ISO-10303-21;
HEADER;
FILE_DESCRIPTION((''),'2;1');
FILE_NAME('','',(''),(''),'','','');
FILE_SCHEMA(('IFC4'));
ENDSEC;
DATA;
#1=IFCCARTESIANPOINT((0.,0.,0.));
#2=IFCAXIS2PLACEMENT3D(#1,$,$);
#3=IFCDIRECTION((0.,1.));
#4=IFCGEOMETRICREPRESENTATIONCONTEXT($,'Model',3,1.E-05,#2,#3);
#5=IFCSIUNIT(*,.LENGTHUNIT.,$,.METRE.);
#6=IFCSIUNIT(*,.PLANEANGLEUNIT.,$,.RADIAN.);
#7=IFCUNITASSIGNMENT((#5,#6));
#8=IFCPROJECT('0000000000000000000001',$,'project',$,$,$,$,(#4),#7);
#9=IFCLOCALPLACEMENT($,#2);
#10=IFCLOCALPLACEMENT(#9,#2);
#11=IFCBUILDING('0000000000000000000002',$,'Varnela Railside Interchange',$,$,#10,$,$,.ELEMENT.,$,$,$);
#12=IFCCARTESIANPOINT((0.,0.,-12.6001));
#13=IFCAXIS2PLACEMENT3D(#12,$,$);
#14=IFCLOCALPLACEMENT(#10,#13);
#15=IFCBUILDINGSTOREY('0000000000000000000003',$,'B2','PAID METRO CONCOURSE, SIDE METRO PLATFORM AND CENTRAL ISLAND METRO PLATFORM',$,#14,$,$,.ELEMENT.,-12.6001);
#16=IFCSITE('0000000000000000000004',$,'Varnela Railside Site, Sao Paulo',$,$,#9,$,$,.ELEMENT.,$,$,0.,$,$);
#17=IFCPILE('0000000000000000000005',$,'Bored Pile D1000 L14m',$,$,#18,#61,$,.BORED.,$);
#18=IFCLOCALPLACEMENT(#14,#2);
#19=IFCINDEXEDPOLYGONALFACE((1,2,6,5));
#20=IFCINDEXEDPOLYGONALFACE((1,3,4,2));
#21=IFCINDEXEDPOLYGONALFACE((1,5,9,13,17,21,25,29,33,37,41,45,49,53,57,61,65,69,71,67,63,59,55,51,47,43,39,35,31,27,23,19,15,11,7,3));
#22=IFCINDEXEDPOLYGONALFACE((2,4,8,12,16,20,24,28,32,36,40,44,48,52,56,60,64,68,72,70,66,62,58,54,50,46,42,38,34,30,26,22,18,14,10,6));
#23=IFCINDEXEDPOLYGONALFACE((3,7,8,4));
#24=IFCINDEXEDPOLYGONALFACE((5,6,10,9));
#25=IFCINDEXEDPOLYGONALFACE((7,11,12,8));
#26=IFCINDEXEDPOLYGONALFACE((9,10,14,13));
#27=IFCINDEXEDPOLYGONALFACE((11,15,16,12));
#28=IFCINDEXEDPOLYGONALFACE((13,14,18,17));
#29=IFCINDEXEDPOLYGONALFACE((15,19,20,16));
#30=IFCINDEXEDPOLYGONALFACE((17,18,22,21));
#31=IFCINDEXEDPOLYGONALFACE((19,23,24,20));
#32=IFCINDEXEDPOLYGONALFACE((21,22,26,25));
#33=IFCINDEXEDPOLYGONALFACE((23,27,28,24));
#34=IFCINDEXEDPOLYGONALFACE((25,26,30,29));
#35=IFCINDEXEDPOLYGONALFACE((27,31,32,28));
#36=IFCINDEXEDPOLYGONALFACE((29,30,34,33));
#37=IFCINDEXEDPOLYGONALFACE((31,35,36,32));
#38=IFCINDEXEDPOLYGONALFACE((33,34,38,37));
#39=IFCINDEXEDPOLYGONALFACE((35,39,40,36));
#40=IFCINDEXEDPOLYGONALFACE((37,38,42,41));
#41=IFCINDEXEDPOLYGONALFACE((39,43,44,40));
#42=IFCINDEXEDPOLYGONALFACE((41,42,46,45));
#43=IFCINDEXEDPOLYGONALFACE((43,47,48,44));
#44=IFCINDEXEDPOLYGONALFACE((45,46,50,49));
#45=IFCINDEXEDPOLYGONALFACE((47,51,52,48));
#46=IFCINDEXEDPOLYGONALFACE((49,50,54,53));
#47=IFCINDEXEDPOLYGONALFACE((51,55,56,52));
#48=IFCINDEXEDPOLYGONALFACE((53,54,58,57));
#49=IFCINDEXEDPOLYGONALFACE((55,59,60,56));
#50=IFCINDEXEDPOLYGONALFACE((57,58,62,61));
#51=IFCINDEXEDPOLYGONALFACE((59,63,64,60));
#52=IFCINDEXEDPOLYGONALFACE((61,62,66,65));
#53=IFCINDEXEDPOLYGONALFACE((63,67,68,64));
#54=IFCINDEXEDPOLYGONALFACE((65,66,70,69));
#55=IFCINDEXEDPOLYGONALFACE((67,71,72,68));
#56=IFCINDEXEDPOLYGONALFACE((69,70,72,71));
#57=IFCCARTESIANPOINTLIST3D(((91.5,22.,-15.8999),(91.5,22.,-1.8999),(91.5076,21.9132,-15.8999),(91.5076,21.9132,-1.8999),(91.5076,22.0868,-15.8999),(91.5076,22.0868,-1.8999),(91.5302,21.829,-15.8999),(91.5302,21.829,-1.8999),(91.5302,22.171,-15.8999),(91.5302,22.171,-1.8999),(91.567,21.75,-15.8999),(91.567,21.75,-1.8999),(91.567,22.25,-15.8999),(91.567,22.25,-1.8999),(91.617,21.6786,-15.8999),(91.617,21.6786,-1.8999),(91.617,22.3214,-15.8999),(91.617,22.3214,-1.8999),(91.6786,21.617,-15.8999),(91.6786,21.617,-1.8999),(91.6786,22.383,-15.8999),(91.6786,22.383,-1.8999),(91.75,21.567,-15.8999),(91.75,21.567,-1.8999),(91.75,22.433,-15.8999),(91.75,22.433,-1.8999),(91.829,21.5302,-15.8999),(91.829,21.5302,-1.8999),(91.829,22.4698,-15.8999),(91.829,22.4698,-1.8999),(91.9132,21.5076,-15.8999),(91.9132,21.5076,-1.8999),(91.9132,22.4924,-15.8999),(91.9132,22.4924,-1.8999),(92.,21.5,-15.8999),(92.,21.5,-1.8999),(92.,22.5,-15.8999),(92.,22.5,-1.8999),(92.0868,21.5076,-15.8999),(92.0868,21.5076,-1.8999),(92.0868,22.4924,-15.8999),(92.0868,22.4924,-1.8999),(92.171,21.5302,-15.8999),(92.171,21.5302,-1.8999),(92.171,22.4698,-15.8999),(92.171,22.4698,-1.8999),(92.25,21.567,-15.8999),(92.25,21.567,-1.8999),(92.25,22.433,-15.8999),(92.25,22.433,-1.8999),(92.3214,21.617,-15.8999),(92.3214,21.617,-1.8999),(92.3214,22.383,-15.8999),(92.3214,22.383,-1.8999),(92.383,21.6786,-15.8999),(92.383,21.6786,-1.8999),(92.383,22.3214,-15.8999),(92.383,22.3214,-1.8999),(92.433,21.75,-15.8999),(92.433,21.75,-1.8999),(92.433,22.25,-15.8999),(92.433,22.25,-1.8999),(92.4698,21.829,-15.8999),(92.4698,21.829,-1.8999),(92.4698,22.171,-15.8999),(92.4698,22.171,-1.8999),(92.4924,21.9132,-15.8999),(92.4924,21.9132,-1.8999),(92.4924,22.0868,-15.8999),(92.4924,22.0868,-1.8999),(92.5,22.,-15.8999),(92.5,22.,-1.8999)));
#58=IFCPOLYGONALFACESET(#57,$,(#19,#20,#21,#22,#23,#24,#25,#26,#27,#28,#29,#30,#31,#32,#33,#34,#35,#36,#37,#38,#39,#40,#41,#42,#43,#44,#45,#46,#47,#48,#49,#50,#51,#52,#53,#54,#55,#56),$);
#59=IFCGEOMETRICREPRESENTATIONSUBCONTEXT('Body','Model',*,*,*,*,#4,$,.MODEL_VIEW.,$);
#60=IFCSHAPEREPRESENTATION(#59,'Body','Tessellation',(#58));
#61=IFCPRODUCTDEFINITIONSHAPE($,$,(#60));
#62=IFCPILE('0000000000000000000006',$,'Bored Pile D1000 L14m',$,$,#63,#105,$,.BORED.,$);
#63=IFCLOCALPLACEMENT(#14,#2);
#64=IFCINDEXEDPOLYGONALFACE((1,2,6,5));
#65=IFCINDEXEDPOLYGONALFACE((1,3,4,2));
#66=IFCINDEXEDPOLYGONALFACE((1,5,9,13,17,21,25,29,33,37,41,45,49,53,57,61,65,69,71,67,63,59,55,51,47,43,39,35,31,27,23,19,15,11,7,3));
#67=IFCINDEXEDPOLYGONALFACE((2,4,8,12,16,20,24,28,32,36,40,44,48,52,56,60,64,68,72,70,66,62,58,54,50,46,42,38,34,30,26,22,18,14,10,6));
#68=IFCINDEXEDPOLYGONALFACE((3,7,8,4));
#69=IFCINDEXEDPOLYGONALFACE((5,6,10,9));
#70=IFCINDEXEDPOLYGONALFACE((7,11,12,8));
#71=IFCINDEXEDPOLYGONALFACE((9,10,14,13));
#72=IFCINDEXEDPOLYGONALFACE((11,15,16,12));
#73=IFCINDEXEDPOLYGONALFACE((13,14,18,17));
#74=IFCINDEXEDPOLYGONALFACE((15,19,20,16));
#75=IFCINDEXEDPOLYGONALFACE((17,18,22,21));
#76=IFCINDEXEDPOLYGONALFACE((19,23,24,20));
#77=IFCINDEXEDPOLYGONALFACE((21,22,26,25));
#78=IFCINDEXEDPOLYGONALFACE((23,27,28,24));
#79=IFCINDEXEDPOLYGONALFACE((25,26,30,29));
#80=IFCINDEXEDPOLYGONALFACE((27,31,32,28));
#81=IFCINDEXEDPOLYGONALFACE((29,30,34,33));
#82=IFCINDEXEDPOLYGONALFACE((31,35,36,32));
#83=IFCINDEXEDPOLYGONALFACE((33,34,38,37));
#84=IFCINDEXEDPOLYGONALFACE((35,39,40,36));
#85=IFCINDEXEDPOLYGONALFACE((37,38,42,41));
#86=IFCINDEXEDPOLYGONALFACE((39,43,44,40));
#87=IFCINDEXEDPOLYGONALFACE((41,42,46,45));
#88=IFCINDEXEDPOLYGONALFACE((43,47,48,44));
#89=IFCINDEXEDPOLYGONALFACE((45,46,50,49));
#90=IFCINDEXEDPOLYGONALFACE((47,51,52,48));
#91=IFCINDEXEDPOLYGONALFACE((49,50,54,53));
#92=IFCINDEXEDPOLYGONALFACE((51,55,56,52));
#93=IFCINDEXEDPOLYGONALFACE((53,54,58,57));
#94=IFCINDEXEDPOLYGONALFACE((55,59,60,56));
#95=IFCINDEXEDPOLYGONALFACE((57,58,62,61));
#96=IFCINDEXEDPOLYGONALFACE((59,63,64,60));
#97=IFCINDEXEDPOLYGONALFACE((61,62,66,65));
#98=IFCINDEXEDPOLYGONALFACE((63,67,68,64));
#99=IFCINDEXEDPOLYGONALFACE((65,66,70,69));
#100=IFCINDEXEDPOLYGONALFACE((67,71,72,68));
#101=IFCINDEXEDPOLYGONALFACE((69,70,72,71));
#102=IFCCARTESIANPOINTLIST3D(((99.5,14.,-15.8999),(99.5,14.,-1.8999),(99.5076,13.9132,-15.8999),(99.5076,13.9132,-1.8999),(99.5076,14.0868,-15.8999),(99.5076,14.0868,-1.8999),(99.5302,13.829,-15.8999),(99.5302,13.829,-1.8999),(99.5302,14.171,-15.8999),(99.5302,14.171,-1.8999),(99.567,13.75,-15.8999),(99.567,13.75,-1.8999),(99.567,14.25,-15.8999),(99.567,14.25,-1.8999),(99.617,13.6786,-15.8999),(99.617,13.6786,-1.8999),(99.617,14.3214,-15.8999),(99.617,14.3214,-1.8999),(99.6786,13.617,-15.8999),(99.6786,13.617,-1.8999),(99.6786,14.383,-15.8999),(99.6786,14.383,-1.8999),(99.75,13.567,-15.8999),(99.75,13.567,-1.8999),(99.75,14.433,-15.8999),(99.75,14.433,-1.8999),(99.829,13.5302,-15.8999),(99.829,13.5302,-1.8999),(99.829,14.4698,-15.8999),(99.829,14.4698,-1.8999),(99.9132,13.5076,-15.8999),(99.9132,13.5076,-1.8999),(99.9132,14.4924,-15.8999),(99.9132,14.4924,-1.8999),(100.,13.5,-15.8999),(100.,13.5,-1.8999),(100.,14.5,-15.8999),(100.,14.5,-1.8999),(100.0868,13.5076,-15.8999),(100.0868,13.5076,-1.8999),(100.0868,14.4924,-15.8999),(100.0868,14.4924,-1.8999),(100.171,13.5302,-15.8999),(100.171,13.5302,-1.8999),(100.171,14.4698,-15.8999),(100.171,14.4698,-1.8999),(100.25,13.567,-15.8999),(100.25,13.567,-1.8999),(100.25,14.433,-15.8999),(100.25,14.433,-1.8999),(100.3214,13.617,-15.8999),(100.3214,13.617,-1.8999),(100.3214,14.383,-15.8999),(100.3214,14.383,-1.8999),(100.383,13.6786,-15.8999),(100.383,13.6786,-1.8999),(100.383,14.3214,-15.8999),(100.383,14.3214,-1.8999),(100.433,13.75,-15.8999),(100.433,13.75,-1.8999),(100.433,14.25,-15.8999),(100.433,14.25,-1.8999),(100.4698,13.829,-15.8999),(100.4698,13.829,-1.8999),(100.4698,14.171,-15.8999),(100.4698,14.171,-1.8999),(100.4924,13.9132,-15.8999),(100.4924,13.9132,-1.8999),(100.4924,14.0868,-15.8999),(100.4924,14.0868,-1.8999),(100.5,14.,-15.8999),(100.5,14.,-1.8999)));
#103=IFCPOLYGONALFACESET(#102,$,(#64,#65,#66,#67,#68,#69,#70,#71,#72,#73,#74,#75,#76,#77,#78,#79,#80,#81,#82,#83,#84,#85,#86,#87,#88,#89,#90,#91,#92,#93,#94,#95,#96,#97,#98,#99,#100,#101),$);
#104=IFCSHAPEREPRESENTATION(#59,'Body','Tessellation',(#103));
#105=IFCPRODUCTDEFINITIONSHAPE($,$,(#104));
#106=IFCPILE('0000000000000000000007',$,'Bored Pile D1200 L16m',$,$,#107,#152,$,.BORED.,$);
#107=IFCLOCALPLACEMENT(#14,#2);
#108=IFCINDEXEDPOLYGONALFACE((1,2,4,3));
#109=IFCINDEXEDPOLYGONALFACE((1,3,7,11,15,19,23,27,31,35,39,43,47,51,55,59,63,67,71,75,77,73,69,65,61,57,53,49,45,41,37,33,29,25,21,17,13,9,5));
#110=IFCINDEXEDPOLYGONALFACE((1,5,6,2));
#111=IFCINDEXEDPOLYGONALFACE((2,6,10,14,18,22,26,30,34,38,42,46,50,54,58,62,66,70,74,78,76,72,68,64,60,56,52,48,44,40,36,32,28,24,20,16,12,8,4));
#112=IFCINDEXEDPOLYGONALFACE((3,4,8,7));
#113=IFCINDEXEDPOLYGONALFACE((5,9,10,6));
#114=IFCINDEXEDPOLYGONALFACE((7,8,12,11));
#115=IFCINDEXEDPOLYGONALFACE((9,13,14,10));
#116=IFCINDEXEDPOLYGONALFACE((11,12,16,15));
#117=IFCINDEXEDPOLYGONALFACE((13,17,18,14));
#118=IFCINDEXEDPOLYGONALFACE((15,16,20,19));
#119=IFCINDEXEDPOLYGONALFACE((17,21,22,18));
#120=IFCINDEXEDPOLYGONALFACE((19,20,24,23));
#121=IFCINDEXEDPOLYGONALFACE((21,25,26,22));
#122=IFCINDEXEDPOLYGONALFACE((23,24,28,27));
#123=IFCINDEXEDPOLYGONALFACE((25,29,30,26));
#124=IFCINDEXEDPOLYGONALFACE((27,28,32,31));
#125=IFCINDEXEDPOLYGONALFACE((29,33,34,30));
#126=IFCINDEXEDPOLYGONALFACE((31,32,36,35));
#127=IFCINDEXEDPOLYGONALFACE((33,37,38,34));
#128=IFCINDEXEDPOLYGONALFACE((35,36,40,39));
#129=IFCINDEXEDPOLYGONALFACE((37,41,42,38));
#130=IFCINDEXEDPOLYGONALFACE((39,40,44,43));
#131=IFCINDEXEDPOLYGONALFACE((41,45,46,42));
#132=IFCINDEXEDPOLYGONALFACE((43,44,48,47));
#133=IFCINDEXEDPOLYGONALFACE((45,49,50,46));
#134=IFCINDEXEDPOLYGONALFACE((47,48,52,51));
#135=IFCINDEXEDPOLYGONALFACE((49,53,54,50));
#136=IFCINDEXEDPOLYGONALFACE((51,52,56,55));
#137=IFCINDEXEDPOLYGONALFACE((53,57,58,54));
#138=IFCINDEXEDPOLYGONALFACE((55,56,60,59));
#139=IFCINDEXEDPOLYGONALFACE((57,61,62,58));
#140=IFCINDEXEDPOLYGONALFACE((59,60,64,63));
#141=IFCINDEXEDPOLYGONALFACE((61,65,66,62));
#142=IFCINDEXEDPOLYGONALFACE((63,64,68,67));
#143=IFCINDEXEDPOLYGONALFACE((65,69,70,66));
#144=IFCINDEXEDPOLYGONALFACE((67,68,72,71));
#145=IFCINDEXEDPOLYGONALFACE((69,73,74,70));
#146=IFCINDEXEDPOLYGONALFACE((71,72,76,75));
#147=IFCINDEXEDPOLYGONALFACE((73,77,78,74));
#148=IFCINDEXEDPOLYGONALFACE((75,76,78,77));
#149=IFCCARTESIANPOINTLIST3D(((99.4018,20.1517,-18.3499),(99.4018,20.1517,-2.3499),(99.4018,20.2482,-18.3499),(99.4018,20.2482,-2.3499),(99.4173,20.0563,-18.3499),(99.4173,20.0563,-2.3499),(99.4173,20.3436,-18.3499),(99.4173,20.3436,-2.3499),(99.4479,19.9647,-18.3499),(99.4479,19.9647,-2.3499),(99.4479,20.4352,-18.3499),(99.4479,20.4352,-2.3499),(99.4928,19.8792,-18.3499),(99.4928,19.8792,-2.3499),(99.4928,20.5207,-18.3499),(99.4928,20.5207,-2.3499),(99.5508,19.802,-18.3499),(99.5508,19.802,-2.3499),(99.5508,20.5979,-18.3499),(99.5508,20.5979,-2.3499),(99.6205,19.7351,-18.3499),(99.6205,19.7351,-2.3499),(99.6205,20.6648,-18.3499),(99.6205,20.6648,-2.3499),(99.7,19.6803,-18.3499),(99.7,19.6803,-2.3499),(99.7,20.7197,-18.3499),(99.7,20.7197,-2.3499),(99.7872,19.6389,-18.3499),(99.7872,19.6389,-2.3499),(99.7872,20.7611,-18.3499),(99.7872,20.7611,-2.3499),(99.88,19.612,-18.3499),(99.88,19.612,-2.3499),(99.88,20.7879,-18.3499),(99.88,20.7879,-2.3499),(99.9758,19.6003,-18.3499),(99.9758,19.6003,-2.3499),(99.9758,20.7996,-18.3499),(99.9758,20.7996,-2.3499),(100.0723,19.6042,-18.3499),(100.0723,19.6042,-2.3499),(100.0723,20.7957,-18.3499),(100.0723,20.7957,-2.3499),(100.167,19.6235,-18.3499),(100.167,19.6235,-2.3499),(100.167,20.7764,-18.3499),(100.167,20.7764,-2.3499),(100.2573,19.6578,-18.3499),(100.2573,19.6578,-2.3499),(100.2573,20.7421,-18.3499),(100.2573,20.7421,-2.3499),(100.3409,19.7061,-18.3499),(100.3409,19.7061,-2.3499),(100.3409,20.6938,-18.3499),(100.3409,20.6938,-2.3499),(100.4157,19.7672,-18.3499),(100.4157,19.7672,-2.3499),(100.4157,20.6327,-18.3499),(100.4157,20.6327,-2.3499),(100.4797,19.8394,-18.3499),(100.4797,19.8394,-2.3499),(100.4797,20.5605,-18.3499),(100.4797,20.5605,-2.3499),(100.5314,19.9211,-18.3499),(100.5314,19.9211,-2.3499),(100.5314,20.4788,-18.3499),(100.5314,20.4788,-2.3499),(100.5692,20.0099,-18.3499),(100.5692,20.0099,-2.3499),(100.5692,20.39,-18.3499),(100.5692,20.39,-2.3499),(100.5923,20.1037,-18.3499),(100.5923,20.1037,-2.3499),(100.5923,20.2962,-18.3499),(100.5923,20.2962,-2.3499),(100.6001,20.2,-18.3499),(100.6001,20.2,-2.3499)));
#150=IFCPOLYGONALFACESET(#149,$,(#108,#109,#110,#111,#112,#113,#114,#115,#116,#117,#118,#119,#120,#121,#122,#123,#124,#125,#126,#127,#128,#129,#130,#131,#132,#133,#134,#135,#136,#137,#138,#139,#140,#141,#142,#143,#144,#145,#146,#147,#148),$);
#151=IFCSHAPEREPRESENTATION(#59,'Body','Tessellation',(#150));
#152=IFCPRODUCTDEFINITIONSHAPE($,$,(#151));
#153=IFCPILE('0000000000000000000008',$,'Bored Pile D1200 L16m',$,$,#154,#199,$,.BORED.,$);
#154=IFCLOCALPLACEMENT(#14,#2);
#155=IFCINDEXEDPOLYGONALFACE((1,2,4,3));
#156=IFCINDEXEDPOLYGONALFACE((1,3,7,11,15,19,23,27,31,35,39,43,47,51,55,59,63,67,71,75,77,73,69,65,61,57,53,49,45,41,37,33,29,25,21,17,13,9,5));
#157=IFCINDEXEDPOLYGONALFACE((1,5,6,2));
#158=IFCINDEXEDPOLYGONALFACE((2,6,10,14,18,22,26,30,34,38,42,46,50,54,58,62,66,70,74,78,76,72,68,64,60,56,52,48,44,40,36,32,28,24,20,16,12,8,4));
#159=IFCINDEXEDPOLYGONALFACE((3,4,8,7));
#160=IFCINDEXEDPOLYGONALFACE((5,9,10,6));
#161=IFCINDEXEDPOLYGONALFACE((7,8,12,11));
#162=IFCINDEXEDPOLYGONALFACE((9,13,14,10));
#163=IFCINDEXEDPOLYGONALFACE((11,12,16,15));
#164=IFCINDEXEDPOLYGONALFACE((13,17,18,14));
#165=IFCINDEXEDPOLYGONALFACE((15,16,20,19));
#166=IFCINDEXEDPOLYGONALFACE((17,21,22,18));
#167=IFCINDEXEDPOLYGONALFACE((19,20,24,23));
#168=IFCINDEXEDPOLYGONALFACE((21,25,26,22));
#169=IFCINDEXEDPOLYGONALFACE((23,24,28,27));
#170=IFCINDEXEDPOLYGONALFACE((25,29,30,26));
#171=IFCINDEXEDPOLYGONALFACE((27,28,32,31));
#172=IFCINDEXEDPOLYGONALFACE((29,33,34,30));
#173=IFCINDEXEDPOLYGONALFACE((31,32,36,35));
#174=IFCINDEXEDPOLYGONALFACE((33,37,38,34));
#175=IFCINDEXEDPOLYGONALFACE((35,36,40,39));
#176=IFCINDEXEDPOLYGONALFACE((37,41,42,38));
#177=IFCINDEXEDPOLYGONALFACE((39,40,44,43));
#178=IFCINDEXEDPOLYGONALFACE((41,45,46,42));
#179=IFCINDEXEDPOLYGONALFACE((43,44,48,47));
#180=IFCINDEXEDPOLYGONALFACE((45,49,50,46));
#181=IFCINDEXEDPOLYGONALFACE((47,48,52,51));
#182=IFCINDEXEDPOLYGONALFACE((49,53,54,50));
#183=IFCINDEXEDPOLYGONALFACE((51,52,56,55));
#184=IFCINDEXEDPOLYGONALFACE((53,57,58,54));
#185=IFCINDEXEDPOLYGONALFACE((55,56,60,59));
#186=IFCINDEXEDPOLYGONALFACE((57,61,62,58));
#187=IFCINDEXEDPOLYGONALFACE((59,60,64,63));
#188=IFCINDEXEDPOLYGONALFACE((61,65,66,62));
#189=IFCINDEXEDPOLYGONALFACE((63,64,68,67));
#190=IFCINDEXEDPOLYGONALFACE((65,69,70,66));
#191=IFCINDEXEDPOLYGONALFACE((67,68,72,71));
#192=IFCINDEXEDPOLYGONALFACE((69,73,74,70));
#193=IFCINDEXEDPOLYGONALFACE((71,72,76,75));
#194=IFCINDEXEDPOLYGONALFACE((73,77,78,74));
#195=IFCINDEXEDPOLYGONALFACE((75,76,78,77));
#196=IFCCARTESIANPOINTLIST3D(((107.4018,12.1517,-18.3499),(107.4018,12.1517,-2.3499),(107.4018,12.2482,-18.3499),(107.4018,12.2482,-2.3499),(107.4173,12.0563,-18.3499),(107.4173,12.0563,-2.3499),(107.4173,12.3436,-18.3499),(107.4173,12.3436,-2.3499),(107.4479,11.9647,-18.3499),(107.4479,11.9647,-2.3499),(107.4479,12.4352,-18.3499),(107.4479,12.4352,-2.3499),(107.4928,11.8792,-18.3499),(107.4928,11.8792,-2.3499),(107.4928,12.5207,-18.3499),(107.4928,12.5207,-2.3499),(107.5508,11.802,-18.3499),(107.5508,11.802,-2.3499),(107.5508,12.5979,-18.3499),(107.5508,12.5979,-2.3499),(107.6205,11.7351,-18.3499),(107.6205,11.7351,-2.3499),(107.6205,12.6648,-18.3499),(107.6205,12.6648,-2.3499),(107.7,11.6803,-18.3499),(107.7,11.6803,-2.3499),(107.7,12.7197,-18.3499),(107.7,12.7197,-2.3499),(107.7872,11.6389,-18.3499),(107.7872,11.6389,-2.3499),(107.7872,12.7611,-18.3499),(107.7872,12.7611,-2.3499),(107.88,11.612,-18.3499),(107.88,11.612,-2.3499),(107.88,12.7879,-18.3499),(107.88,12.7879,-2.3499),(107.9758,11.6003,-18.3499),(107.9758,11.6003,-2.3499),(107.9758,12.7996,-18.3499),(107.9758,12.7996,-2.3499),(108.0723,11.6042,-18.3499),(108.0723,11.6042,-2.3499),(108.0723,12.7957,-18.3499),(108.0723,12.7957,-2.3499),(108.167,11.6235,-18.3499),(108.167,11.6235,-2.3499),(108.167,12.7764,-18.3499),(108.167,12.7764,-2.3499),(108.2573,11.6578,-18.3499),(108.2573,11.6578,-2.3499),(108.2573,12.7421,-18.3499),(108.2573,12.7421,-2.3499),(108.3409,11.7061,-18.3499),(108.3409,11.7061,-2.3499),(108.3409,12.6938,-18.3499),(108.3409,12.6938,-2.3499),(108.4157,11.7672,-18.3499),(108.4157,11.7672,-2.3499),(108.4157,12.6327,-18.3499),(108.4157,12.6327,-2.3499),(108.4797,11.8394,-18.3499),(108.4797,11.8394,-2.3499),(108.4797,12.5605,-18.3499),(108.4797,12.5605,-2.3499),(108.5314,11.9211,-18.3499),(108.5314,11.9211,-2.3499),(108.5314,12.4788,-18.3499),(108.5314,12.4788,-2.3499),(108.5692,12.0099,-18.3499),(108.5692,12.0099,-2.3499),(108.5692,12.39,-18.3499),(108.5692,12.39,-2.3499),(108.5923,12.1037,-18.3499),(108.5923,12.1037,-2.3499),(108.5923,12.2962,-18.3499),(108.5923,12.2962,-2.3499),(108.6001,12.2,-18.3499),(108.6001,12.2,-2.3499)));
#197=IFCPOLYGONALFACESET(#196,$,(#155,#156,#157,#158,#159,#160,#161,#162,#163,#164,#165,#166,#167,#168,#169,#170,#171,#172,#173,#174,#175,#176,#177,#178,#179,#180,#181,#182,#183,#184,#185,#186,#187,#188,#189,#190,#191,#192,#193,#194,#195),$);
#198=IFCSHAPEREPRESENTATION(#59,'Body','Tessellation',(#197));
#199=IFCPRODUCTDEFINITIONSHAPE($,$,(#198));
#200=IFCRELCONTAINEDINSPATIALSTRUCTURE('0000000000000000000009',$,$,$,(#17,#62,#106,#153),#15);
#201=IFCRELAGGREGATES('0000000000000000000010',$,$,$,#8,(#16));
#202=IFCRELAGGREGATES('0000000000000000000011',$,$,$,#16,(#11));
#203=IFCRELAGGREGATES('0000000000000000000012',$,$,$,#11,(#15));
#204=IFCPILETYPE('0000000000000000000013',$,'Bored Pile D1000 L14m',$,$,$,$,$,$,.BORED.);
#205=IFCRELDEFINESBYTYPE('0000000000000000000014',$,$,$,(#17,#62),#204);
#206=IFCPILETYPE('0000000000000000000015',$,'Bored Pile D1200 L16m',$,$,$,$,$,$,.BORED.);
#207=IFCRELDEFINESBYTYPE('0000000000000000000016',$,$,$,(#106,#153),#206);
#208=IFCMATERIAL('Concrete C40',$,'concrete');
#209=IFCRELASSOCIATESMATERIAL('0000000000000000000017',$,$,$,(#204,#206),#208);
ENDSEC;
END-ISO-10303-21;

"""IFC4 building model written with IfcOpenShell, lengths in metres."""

from ifc_helpers import new_model, si_unit, direction, frame, origin, origin_2d, place, context, subcontext, project, spatial, circle, extrude, material, material_profile, profile_set, type_object, element, save


model = new_model("IFC4")

# Units and contexts
model_context = context("Model", 3, precision=1e-05, world=origin(), true_north=direction((0.0, 1.0)))
body_context = subcontext(model_context, "Body", "Model", "MODEL_VIEW")
ifc_project = project(units=[si_unit("LENGTHUNIT", "METRE"), si_unit("PLANEANGLEUNIT", "RADIAN")], contexts=[model_context])

# Site, building, storey
site_placement = place(None, origin())
site = spatial("IfcSite", under=ifc_project, at=site_placement, Name="Varnela Railside Site, Sao Paulo", CompositionType="ELEMENT", RefElevation=0.0)
building_placement = place(site_placement, origin())
building = spatial("IfcBuilding", under=site, at=building_placement, Name="Varnela Railside Interchange", CompositionType="ELEMENT")
storey_placement = place(building_placement, frame((0.0, 0.0, -12.6001)))
storey = spatial("IfcBuildingStorey", under=building, at=storey_placement, Name="B2", Description="PAID METRO CONCOURSE, SIDE METRO PLATFORM AND CENTRAL ISLAND METRO PLATFORM", CompositionType="ELEMENT", Elevation=-12.6001)

# Piles
ifc_material_1 = material(Name="Concrete C40", Category="concrete")
ifc_material_profile_1 = material_profile(ifc_material_1, circle(Radius=0.5, at=origin_2d()), Name="BORED PILE D1000")
ifc_profile_set_1 = profile_set([ifc_material_profile_1], Name="Concrete C40")
pile_type_1 = type_object("IfcPileType", Name="Bored Pile D1000 L14m", PredefinedType="BORED", material=ifc_profile_set_1)
for number, where, z_axis, x_axis, name in (
    (1, (92.0, 22.0, -1.8999), (0.0, 0.0, -1.0), (1.0, 0.0, 0.0), "Bored Pile D1000 L14m"),
    (2, (100.0, 14.0, -1.8999), (0.0, 0.0, -1.0), (1.0, 0.0, 0.0), "Bored Pile D1000 L14m"),
):
    element("IfcPile", number, at=place(storey_placement, frame(where, z_axis=z_axis, x_axis=x_axis)), inside=storey, type_object=pile_type_1, Name=name, PredefinedType="BORED", context=body_context, shape_type="SweptSolid", body=[
        extrude(circle(Radius=0.5, at=origin_2d()), origin(), (0.0, 0.0, 1.0), 14.0),
    ])
ifc_material_profile_2 = material_profile(ifc_material_1, circle(Radius=0.6001, at=origin_2d()), Name="BORED PILE D1200")
ifc_profile_set_2 = profile_set([ifc_material_profile_2], Name="Concrete C40")
pile_type_2 = type_object("IfcPileType", Name="Bored Pile D1200 L16m", PredefinedType="BORED", material=ifc_profile_set_2)
for number, where, z_axis, x_axis, name in (
    (3, (100.0, 20.2, -2.3499), (0.0, 0.0, -1.0), (1.0, 0.0, 0.0), "Bored Pile D1200 L16m"),
    (4, (108.0, 12.2, -2.3499), (0.0, 0.0, -1.0), (1.0, 0.0, 0.0), "Bored Pile D1200 L16m"),
):
    element("IfcPile", number, at=place(storey_placement, frame(where, z_axis=z_axis, x_axis=x_axis)), inside=storey, type_object=pile_type_2, Name=name, PredefinedType="BORED", context=body_context, shape_type="SweptSolid", body=[
        extrude(circle(Radius=0.6001, at=origin_2d()), origin(), (0.0, 0.0, 1.0), 16.0),
    ])

save(model, "model.ifc")
